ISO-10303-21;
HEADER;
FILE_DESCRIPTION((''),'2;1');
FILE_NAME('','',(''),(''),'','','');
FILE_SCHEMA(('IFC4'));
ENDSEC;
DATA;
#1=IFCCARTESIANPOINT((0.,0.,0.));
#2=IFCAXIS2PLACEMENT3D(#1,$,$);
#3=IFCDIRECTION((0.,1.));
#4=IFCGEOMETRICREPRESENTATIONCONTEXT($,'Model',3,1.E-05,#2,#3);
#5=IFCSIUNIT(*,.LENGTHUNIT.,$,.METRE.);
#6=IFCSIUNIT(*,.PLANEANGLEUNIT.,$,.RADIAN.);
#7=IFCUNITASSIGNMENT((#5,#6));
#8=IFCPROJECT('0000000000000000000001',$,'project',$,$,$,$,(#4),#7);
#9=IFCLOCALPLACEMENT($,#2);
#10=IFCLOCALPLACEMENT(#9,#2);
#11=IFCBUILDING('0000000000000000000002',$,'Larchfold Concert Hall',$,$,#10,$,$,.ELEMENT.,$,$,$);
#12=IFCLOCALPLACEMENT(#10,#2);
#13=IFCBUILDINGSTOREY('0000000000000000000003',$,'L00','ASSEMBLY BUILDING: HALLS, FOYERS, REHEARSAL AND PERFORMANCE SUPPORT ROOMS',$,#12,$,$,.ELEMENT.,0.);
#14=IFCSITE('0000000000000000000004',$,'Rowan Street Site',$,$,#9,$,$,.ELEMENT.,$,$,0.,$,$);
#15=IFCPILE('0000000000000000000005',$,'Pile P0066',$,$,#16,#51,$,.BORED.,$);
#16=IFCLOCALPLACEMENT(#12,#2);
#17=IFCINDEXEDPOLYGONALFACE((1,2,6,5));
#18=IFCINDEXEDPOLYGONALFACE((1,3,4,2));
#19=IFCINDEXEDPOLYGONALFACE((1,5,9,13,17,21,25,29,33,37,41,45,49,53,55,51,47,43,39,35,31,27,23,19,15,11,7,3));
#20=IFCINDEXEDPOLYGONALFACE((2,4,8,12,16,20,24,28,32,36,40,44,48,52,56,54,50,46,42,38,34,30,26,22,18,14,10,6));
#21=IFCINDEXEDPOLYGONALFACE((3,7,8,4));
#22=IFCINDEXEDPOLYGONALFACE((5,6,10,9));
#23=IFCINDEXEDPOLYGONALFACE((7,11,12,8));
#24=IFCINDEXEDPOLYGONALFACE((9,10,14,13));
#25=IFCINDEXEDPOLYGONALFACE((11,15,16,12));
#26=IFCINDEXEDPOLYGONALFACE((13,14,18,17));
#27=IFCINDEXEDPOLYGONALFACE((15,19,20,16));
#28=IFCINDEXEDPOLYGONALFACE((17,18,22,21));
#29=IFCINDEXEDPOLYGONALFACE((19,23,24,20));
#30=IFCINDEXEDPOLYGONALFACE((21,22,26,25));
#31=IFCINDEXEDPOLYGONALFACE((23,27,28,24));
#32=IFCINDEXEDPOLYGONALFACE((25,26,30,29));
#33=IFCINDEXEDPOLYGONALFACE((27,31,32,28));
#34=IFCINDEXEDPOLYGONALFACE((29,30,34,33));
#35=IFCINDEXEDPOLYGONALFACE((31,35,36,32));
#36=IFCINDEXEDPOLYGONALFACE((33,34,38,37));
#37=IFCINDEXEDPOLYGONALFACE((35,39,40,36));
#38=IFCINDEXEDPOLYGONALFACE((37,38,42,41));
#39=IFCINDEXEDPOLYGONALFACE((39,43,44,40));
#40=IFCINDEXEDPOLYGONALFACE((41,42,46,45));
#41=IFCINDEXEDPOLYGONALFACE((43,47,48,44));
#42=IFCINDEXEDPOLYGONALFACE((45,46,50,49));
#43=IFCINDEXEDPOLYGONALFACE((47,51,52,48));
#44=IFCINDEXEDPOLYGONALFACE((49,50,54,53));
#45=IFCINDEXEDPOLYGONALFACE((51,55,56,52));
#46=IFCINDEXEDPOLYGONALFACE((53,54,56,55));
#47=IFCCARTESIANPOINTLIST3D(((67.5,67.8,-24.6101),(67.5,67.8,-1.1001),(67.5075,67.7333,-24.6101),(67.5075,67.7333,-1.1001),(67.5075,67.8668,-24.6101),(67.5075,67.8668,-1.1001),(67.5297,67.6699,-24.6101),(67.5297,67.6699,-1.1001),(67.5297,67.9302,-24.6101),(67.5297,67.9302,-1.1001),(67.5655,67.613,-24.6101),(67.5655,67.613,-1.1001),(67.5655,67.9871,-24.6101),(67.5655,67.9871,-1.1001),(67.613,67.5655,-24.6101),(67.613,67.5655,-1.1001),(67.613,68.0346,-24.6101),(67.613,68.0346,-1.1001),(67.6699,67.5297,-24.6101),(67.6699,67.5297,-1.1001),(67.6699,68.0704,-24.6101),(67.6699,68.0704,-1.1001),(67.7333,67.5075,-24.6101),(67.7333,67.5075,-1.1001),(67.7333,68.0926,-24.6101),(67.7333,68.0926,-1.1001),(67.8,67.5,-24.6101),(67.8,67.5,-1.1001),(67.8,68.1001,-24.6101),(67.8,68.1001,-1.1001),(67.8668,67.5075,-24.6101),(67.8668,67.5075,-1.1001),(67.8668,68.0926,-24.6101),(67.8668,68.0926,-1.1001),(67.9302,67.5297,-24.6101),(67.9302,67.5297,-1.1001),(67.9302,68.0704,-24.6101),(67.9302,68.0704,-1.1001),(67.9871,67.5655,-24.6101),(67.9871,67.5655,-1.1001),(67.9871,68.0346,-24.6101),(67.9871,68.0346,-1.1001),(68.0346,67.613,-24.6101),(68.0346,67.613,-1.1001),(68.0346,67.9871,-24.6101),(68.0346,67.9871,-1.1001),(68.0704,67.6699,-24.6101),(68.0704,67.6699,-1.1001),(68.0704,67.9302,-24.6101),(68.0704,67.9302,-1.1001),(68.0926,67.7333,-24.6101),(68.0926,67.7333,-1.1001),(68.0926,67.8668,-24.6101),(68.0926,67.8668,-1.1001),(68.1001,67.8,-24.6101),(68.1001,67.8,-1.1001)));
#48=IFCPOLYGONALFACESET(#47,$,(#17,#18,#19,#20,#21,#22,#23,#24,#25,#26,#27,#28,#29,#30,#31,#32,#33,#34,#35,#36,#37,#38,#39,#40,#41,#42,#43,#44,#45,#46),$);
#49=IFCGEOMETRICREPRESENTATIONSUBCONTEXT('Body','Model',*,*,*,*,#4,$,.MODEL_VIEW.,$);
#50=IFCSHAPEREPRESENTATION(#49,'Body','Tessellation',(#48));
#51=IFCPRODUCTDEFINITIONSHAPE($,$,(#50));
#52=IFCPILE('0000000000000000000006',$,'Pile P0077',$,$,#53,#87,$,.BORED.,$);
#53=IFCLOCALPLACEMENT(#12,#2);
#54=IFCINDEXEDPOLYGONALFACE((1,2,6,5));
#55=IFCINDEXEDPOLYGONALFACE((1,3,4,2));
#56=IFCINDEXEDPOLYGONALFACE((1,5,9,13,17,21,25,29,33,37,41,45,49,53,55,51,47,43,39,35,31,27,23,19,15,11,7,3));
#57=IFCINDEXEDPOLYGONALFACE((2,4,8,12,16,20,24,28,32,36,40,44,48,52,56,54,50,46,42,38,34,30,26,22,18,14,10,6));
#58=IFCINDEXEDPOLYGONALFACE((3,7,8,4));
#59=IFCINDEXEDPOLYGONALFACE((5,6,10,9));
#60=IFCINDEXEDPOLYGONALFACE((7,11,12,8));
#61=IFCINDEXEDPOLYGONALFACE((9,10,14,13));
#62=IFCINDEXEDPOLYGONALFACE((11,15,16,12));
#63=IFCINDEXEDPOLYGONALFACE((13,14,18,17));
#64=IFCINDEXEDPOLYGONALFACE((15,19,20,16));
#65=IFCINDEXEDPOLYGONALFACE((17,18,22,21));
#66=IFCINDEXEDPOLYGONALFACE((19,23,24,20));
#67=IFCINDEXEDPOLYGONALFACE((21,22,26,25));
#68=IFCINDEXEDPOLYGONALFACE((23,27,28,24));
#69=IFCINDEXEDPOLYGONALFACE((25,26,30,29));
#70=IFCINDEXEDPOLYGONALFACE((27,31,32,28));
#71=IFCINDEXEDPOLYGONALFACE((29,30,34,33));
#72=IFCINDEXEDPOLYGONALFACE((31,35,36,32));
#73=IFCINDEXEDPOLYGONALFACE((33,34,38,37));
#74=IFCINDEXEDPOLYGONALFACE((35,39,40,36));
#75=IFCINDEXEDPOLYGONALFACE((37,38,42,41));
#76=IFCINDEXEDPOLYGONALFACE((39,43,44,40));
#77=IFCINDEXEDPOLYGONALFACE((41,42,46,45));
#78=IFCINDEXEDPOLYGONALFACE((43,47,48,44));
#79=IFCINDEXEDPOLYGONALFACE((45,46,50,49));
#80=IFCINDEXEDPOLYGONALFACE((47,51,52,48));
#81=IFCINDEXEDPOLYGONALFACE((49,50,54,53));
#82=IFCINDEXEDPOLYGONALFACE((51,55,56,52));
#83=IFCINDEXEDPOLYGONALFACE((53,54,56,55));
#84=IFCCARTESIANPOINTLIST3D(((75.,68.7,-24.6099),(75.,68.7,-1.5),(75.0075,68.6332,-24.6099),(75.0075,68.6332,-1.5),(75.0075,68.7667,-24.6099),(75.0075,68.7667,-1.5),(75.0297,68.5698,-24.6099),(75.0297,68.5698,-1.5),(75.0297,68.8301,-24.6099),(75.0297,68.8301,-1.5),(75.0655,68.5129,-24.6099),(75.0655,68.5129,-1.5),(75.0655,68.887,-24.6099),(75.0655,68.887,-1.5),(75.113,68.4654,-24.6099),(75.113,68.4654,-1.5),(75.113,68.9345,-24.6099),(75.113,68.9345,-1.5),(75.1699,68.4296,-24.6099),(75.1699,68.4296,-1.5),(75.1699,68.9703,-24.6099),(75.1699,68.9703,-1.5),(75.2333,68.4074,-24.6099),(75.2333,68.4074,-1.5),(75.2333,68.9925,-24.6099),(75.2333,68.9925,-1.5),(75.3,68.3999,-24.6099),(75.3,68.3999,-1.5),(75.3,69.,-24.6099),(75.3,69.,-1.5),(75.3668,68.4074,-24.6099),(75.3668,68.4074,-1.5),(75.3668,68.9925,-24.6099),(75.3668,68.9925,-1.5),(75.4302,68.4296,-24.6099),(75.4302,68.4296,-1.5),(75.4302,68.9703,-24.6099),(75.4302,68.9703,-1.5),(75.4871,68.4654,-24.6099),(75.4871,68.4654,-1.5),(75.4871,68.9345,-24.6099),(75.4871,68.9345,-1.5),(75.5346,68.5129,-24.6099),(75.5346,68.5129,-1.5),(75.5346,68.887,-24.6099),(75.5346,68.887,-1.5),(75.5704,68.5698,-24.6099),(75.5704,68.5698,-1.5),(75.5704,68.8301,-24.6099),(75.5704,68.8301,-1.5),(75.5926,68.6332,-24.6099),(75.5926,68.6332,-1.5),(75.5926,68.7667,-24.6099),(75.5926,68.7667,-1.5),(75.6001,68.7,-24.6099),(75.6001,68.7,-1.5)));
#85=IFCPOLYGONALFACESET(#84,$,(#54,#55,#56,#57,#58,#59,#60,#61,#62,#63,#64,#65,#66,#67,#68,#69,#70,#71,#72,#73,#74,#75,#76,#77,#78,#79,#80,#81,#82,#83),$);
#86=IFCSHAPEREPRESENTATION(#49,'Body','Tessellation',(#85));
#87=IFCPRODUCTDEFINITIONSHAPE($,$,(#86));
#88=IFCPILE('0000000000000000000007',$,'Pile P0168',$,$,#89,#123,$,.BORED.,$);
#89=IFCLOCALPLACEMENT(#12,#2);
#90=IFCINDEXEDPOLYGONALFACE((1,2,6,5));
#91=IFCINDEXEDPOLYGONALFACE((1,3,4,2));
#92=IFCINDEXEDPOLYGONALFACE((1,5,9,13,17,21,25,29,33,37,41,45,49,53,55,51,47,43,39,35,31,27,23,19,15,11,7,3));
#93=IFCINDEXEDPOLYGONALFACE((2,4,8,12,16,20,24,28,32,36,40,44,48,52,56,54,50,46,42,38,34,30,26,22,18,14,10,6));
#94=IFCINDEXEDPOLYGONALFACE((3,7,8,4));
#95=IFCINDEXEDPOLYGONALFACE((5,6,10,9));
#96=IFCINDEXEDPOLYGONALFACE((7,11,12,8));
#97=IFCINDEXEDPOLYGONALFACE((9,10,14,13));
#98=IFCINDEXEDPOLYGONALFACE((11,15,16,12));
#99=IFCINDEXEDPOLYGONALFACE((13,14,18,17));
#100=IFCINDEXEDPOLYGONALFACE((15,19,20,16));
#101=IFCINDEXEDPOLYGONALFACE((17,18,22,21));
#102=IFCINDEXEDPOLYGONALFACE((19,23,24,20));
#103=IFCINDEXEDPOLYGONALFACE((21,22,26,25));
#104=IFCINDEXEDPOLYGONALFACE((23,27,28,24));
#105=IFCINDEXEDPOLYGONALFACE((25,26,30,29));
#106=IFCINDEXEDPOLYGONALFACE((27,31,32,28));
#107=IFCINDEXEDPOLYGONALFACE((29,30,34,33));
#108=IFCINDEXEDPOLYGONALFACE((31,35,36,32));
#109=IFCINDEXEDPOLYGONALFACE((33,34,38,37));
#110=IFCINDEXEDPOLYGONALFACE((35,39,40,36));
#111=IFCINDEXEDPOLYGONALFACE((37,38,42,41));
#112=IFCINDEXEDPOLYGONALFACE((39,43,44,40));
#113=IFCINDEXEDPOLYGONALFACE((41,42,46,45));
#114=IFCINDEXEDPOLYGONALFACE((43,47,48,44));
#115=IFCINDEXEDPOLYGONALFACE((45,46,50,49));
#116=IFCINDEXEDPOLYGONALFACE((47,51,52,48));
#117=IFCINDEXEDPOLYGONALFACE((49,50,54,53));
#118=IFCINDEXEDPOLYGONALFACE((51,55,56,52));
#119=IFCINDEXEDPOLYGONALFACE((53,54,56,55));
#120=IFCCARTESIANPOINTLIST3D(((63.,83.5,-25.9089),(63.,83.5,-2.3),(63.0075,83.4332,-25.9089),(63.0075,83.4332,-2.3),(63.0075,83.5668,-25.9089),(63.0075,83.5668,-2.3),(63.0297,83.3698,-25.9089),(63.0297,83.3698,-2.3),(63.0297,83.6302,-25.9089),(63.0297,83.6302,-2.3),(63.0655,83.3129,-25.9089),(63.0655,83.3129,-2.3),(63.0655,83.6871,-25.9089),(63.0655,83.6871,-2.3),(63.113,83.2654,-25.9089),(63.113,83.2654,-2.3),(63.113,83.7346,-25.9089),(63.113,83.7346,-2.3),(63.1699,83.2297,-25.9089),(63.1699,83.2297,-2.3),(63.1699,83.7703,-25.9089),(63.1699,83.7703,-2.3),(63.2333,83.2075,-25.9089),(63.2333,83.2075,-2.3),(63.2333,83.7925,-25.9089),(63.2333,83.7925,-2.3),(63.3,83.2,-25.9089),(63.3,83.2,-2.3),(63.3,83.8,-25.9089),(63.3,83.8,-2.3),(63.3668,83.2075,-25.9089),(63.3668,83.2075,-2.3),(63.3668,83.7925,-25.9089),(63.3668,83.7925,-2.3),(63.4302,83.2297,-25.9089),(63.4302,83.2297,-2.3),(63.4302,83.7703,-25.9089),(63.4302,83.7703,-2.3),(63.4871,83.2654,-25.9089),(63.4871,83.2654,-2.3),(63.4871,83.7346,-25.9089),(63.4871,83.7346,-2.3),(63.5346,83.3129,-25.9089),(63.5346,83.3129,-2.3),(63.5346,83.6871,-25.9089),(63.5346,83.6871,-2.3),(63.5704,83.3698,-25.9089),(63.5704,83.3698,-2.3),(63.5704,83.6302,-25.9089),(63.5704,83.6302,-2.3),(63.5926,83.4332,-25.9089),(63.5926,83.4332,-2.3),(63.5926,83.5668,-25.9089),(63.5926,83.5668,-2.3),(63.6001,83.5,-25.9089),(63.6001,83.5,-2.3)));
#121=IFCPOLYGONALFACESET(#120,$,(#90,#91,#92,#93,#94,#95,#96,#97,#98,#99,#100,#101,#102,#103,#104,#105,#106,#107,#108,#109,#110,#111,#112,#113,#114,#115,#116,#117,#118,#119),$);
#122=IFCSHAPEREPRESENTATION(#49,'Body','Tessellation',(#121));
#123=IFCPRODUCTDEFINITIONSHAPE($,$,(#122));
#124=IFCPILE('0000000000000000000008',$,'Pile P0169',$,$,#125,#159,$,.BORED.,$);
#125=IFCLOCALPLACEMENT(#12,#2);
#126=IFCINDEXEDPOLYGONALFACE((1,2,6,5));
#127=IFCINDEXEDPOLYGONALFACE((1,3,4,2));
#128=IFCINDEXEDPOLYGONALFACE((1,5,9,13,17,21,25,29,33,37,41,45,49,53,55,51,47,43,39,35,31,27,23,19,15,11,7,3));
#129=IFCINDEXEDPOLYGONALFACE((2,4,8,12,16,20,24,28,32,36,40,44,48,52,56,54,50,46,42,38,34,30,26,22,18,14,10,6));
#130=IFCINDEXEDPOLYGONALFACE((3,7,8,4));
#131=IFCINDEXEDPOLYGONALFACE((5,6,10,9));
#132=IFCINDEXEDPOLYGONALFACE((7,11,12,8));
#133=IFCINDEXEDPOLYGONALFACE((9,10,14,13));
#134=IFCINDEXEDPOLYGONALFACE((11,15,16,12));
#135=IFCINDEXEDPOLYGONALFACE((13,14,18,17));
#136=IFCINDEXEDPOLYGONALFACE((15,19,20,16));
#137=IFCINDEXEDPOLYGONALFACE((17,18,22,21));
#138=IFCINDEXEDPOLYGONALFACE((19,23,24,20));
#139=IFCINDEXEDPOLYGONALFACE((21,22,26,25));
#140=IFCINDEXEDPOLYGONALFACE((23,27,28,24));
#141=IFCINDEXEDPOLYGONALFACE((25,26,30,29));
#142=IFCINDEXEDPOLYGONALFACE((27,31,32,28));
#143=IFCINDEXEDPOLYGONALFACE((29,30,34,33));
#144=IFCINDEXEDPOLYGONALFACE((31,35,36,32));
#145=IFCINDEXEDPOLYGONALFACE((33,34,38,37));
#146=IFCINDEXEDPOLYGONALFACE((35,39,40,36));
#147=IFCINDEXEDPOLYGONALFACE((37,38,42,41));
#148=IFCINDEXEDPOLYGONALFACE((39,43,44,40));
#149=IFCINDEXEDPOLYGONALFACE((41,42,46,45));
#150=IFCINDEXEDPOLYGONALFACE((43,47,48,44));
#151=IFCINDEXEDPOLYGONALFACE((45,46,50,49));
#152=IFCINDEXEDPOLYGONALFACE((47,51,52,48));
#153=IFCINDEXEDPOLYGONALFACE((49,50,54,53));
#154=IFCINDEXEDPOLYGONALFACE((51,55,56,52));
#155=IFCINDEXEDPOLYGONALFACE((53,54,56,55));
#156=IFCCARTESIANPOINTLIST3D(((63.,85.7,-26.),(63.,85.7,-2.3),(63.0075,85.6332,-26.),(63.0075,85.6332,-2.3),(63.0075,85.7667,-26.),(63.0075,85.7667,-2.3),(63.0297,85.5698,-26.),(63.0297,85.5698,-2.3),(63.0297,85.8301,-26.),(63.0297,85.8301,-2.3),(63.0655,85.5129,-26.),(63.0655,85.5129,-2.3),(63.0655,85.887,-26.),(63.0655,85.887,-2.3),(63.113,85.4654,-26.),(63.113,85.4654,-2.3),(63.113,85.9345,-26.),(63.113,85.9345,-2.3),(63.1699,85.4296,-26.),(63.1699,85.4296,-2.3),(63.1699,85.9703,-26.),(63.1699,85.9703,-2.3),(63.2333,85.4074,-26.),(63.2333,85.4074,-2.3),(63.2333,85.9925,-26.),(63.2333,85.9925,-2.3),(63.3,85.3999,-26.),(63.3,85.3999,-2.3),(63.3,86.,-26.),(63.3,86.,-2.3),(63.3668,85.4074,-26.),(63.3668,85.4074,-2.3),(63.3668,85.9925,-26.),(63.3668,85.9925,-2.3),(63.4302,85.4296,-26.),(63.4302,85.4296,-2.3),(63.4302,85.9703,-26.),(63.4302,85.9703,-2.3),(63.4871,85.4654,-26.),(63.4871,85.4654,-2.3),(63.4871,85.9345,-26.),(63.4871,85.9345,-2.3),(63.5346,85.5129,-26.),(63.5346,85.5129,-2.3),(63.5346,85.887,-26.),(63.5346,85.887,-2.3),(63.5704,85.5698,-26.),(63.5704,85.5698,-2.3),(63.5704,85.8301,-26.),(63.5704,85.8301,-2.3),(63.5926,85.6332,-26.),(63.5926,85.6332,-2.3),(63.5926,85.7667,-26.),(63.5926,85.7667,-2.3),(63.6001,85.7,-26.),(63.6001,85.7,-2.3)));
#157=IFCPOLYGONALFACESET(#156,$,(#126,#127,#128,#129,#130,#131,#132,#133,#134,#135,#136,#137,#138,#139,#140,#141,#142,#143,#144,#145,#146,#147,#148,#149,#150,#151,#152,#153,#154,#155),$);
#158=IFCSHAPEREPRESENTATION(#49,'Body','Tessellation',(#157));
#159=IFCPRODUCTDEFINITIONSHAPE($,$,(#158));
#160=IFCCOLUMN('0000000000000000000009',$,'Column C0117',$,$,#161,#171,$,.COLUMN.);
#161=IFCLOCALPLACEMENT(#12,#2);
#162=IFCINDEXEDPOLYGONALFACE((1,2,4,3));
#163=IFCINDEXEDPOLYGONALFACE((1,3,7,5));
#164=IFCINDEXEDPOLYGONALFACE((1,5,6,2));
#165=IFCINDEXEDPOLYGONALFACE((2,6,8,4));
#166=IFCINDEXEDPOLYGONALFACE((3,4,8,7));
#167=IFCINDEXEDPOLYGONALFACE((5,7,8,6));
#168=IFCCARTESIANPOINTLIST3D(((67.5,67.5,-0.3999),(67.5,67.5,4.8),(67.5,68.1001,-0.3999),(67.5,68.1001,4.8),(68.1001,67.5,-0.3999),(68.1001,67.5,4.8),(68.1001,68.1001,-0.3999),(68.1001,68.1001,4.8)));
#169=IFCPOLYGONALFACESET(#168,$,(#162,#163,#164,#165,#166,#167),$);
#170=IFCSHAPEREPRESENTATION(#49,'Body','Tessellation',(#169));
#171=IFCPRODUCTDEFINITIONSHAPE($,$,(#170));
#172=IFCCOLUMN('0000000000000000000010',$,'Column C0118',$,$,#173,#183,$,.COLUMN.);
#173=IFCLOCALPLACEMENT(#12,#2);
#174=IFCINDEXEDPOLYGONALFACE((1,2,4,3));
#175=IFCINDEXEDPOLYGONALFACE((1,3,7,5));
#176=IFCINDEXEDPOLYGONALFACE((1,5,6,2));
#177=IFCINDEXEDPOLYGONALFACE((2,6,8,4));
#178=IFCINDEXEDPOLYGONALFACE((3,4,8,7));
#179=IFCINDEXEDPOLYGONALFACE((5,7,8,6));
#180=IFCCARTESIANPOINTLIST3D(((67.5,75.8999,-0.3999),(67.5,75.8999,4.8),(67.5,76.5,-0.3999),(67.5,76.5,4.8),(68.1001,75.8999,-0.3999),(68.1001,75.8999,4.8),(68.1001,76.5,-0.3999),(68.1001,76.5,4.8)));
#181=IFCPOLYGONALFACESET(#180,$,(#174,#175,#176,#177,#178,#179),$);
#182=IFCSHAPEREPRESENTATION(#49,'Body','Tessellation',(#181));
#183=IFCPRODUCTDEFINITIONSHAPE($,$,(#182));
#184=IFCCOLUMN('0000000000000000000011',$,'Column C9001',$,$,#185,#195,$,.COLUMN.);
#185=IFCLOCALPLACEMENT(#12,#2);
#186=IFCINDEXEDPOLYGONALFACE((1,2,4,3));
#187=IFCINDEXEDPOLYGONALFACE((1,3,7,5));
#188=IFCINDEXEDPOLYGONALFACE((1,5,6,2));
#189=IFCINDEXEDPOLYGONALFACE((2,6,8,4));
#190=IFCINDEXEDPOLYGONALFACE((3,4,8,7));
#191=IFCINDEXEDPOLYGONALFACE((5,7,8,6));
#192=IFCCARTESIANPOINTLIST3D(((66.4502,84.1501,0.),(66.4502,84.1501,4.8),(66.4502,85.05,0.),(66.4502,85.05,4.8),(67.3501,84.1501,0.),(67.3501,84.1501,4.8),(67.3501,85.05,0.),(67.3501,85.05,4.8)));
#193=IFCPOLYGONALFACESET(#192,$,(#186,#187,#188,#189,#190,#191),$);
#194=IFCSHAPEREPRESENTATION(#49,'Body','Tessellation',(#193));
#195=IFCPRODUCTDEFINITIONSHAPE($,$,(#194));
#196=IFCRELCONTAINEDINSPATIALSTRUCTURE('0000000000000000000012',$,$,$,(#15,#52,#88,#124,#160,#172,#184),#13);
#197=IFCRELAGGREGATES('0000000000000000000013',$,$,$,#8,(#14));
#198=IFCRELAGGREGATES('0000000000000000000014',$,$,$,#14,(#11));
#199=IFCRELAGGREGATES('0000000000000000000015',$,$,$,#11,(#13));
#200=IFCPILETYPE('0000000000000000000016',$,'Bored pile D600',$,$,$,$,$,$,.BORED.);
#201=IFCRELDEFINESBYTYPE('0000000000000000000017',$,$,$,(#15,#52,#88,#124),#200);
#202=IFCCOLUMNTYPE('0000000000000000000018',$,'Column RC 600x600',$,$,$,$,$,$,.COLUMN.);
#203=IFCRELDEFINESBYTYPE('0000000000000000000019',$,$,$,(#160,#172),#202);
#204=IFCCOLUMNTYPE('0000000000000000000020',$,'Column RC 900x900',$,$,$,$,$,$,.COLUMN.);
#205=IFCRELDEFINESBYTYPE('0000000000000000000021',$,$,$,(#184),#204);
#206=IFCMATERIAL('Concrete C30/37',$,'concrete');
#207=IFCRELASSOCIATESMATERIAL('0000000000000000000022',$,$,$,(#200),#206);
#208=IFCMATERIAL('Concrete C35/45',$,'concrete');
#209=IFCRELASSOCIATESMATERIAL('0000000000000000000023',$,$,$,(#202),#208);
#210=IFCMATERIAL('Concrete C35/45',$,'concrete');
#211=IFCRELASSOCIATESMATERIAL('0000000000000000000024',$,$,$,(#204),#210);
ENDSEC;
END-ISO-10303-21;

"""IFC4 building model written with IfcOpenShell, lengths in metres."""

from ifc_helpers import new_model, si_unit, direction, frame, origin, origin_2d, place, context, subcontext, project, spatial, rectangle, circle, extrude, material, material_profile, profile_set, type_object, element, save


model = new_model("IFC4")

# Units and contexts
model_context = context("Model", 3, precision=1e-05, world=origin(), true_north=direction((0.0, 1.0)))
body_context = subcontext(model_context, "Body", "Model", "MODEL_VIEW")
ifc_project = project(units=[si_unit("LENGTHUNIT", "METRE"), si_unit("PLANEANGLEUNIT", "RADIAN")], contexts=[model_context])

# Site, building, storey
site_placement = place(None, origin())
site = spatial("IfcSite", under=ifc_project, at=site_placement, Name="Rowan Street Site", CompositionType="ELEMENT", RefElevation=0.0)
building_placement = place(site_placement, origin())
building = spatial("IfcBuilding", under=site, at=building_placement, Name="Larchfold Concert Hall", CompositionType="ELEMENT")
storey_placement = place(building_placement, origin())
storey = spatial("IfcBuildingStorey", under=building, at=storey_placement, Name="L00", Description="ASSEMBLY BUILDING: HALLS, FOYERS, REHEARSAL AND PERFORMANCE SUPPORT ROOMS", CompositionType="ELEMENT", Elevation=0.0)

# Piles
ifc_material_1 = material(Name="Concrete C30/37", Category="concrete")
ifc_material_profile_1 = material_profile(ifc_material_1, circle(Radius=0.3, at=origin_2d()))
ifc_profile_set_1 = profile_set([ifc_material_profile_1], Name="Concrete C30/37")
pile_type = type_object("IfcPileType", Name="Bored pile D600", PredefinedType="BORED", material=ifc_profile_set_1)
pile_1_placement = place(storey_placement, frame((67.8, 67.8, -1.1001), z_axis=(0.0, 0.0, -1.0), x_axis=(1.0, 0.0, 0.0)))
element("IfcPile", 1, at=pile_1_placement, inside=storey, type_object=pile_type, Name="Pile P0066", PredefinedType="BORED", context=body_context, shape_type="SweptSolid", body=[
    extrude(circle(Radius=0.3, at=origin_2d()), origin(), (0.0, 0.0, 1.0), 23.51),
])
pile_2_placement = place(storey_placement, frame((75.3, 68.7, -1.5), z_axis=(0.0, 0.0, -1.0), x_axis=(1.0, 0.0, 0.0)))
element("IfcPile", 2, at=pile_2_placement, inside=storey, type_object=pile_type, Name="Pile P0077", PredefinedType="BORED", context=body_context, shape_type="SweptSolid", body=[
    extrude(circle(Radius=0.3, at=origin_2d()), origin(), (0.0, 0.0, 1.0), 23.1099),
])
pile_3_placement = place(storey_placement, frame((63.3, 83.5, -2.3), z_axis=(0.0, 0.0, -1.0), x_axis=(1.0, 0.0, 0.0)))
element("IfcPile", 3, at=pile_3_placement, inside=storey, type_object=pile_type, Name="Pile P0168", PredefinedType="BORED", context=body_context, shape_type="SweptSolid", body=[
    extrude(circle(Radius=0.3, at=origin_2d()), origin(), (0.0, 0.0, 1.0), 23.6089),
])
pile_4_placement = place(storey_placement, frame((63.3, 85.7, -2.3), z_axis=(0.0, 0.0, -1.0), x_axis=(1.0, 0.0, 0.0)))
element("IfcPile", 4, at=pile_4_placement, inside=storey, type_object=pile_type, Name="Pile P0169", PredefinedType="BORED", context=body_context, shape_type="SweptSolid", body=[
    extrude(circle(Radius=0.3, at=origin_2d()), origin(), (0.0, 0.0, 1.0), 23.7),
])

# Columns
ifc_material_2 = material(Name="Concrete C35/45", Category="concrete")
ifc_material_profile_2 = material_profile(ifc_material_2, rectangle(XDim=0.6001, YDim=0.6001, at=origin_2d()))
ifc_profile_set_2 = profile_set([ifc_material_profile_2], Name="Concrete C35/45")
column_type_1 = type_object("IfcColumnType", Name="Column RC 600x600", PredefinedType="COLUMN", material=ifc_profile_set_2)
for number, where, z_axis, x_axis, name in (
    (5, (67.8, 67.8, -0.3999), (0.0, 0.0, 1.0), (1.0, 0.0, 0.0), "Column C0117"),
    (6, (67.8, 76.2, -0.3999), (0.0, 0.0, 1.0), (1.0, 0.0, 0.0), "Column C0118"),
):
    element("IfcColumn", number, at=place(storey_placement, frame(where, z_axis=z_axis, x_axis=x_axis)), inside=storey, type_object=column_type_1, Name=name, PredefinedType="COLUMN", context=body_context, shape_type="SweptSolid", body=[
        extrude(rectangle(XDim=0.6001, YDim=0.6001, at=origin_2d()), origin(), (0.0, 0.0, 1.0), 5.2),
    ])
ifc_material_3 = material(Name="Concrete C35/45", Category="concrete")
ifc_material_profile_3 = material_profile(ifc_material_3, rectangle(XDim=0.8999, YDim=0.8999, at=origin_2d()))
ifc_profile_set_3 = profile_set([ifc_material_profile_3], Name="Concrete C35/45")
column_type_2 = type_object("IfcColumnType", Name="Column RC 900x900", PredefinedType="COLUMN", material=ifc_profile_set_3)
for number, where, z_axis, x_axis, name in (
    (7, (66.9001, 84.6001, 0.0), (0.0, 0.0, 1.0), (1.0, 0.000002, 0.0), "Column C9001"),
):
    element("IfcColumn", number, at=place(storey_placement, frame(where, z_axis=z_axis, x_axis=x_axis)), inside=storey, type_object=column_type_2, Name=name, PredefinedType="COLUMN", context=body_context, shape_type="SweptSolid", body=[
        extrude(rectangle(XDim=0.8999, YDim=0.8999, at=origin_2d()), origin(), (0.0, 0.0, 1.0), 4.8),
    ])

save(model, "model.ifc")
